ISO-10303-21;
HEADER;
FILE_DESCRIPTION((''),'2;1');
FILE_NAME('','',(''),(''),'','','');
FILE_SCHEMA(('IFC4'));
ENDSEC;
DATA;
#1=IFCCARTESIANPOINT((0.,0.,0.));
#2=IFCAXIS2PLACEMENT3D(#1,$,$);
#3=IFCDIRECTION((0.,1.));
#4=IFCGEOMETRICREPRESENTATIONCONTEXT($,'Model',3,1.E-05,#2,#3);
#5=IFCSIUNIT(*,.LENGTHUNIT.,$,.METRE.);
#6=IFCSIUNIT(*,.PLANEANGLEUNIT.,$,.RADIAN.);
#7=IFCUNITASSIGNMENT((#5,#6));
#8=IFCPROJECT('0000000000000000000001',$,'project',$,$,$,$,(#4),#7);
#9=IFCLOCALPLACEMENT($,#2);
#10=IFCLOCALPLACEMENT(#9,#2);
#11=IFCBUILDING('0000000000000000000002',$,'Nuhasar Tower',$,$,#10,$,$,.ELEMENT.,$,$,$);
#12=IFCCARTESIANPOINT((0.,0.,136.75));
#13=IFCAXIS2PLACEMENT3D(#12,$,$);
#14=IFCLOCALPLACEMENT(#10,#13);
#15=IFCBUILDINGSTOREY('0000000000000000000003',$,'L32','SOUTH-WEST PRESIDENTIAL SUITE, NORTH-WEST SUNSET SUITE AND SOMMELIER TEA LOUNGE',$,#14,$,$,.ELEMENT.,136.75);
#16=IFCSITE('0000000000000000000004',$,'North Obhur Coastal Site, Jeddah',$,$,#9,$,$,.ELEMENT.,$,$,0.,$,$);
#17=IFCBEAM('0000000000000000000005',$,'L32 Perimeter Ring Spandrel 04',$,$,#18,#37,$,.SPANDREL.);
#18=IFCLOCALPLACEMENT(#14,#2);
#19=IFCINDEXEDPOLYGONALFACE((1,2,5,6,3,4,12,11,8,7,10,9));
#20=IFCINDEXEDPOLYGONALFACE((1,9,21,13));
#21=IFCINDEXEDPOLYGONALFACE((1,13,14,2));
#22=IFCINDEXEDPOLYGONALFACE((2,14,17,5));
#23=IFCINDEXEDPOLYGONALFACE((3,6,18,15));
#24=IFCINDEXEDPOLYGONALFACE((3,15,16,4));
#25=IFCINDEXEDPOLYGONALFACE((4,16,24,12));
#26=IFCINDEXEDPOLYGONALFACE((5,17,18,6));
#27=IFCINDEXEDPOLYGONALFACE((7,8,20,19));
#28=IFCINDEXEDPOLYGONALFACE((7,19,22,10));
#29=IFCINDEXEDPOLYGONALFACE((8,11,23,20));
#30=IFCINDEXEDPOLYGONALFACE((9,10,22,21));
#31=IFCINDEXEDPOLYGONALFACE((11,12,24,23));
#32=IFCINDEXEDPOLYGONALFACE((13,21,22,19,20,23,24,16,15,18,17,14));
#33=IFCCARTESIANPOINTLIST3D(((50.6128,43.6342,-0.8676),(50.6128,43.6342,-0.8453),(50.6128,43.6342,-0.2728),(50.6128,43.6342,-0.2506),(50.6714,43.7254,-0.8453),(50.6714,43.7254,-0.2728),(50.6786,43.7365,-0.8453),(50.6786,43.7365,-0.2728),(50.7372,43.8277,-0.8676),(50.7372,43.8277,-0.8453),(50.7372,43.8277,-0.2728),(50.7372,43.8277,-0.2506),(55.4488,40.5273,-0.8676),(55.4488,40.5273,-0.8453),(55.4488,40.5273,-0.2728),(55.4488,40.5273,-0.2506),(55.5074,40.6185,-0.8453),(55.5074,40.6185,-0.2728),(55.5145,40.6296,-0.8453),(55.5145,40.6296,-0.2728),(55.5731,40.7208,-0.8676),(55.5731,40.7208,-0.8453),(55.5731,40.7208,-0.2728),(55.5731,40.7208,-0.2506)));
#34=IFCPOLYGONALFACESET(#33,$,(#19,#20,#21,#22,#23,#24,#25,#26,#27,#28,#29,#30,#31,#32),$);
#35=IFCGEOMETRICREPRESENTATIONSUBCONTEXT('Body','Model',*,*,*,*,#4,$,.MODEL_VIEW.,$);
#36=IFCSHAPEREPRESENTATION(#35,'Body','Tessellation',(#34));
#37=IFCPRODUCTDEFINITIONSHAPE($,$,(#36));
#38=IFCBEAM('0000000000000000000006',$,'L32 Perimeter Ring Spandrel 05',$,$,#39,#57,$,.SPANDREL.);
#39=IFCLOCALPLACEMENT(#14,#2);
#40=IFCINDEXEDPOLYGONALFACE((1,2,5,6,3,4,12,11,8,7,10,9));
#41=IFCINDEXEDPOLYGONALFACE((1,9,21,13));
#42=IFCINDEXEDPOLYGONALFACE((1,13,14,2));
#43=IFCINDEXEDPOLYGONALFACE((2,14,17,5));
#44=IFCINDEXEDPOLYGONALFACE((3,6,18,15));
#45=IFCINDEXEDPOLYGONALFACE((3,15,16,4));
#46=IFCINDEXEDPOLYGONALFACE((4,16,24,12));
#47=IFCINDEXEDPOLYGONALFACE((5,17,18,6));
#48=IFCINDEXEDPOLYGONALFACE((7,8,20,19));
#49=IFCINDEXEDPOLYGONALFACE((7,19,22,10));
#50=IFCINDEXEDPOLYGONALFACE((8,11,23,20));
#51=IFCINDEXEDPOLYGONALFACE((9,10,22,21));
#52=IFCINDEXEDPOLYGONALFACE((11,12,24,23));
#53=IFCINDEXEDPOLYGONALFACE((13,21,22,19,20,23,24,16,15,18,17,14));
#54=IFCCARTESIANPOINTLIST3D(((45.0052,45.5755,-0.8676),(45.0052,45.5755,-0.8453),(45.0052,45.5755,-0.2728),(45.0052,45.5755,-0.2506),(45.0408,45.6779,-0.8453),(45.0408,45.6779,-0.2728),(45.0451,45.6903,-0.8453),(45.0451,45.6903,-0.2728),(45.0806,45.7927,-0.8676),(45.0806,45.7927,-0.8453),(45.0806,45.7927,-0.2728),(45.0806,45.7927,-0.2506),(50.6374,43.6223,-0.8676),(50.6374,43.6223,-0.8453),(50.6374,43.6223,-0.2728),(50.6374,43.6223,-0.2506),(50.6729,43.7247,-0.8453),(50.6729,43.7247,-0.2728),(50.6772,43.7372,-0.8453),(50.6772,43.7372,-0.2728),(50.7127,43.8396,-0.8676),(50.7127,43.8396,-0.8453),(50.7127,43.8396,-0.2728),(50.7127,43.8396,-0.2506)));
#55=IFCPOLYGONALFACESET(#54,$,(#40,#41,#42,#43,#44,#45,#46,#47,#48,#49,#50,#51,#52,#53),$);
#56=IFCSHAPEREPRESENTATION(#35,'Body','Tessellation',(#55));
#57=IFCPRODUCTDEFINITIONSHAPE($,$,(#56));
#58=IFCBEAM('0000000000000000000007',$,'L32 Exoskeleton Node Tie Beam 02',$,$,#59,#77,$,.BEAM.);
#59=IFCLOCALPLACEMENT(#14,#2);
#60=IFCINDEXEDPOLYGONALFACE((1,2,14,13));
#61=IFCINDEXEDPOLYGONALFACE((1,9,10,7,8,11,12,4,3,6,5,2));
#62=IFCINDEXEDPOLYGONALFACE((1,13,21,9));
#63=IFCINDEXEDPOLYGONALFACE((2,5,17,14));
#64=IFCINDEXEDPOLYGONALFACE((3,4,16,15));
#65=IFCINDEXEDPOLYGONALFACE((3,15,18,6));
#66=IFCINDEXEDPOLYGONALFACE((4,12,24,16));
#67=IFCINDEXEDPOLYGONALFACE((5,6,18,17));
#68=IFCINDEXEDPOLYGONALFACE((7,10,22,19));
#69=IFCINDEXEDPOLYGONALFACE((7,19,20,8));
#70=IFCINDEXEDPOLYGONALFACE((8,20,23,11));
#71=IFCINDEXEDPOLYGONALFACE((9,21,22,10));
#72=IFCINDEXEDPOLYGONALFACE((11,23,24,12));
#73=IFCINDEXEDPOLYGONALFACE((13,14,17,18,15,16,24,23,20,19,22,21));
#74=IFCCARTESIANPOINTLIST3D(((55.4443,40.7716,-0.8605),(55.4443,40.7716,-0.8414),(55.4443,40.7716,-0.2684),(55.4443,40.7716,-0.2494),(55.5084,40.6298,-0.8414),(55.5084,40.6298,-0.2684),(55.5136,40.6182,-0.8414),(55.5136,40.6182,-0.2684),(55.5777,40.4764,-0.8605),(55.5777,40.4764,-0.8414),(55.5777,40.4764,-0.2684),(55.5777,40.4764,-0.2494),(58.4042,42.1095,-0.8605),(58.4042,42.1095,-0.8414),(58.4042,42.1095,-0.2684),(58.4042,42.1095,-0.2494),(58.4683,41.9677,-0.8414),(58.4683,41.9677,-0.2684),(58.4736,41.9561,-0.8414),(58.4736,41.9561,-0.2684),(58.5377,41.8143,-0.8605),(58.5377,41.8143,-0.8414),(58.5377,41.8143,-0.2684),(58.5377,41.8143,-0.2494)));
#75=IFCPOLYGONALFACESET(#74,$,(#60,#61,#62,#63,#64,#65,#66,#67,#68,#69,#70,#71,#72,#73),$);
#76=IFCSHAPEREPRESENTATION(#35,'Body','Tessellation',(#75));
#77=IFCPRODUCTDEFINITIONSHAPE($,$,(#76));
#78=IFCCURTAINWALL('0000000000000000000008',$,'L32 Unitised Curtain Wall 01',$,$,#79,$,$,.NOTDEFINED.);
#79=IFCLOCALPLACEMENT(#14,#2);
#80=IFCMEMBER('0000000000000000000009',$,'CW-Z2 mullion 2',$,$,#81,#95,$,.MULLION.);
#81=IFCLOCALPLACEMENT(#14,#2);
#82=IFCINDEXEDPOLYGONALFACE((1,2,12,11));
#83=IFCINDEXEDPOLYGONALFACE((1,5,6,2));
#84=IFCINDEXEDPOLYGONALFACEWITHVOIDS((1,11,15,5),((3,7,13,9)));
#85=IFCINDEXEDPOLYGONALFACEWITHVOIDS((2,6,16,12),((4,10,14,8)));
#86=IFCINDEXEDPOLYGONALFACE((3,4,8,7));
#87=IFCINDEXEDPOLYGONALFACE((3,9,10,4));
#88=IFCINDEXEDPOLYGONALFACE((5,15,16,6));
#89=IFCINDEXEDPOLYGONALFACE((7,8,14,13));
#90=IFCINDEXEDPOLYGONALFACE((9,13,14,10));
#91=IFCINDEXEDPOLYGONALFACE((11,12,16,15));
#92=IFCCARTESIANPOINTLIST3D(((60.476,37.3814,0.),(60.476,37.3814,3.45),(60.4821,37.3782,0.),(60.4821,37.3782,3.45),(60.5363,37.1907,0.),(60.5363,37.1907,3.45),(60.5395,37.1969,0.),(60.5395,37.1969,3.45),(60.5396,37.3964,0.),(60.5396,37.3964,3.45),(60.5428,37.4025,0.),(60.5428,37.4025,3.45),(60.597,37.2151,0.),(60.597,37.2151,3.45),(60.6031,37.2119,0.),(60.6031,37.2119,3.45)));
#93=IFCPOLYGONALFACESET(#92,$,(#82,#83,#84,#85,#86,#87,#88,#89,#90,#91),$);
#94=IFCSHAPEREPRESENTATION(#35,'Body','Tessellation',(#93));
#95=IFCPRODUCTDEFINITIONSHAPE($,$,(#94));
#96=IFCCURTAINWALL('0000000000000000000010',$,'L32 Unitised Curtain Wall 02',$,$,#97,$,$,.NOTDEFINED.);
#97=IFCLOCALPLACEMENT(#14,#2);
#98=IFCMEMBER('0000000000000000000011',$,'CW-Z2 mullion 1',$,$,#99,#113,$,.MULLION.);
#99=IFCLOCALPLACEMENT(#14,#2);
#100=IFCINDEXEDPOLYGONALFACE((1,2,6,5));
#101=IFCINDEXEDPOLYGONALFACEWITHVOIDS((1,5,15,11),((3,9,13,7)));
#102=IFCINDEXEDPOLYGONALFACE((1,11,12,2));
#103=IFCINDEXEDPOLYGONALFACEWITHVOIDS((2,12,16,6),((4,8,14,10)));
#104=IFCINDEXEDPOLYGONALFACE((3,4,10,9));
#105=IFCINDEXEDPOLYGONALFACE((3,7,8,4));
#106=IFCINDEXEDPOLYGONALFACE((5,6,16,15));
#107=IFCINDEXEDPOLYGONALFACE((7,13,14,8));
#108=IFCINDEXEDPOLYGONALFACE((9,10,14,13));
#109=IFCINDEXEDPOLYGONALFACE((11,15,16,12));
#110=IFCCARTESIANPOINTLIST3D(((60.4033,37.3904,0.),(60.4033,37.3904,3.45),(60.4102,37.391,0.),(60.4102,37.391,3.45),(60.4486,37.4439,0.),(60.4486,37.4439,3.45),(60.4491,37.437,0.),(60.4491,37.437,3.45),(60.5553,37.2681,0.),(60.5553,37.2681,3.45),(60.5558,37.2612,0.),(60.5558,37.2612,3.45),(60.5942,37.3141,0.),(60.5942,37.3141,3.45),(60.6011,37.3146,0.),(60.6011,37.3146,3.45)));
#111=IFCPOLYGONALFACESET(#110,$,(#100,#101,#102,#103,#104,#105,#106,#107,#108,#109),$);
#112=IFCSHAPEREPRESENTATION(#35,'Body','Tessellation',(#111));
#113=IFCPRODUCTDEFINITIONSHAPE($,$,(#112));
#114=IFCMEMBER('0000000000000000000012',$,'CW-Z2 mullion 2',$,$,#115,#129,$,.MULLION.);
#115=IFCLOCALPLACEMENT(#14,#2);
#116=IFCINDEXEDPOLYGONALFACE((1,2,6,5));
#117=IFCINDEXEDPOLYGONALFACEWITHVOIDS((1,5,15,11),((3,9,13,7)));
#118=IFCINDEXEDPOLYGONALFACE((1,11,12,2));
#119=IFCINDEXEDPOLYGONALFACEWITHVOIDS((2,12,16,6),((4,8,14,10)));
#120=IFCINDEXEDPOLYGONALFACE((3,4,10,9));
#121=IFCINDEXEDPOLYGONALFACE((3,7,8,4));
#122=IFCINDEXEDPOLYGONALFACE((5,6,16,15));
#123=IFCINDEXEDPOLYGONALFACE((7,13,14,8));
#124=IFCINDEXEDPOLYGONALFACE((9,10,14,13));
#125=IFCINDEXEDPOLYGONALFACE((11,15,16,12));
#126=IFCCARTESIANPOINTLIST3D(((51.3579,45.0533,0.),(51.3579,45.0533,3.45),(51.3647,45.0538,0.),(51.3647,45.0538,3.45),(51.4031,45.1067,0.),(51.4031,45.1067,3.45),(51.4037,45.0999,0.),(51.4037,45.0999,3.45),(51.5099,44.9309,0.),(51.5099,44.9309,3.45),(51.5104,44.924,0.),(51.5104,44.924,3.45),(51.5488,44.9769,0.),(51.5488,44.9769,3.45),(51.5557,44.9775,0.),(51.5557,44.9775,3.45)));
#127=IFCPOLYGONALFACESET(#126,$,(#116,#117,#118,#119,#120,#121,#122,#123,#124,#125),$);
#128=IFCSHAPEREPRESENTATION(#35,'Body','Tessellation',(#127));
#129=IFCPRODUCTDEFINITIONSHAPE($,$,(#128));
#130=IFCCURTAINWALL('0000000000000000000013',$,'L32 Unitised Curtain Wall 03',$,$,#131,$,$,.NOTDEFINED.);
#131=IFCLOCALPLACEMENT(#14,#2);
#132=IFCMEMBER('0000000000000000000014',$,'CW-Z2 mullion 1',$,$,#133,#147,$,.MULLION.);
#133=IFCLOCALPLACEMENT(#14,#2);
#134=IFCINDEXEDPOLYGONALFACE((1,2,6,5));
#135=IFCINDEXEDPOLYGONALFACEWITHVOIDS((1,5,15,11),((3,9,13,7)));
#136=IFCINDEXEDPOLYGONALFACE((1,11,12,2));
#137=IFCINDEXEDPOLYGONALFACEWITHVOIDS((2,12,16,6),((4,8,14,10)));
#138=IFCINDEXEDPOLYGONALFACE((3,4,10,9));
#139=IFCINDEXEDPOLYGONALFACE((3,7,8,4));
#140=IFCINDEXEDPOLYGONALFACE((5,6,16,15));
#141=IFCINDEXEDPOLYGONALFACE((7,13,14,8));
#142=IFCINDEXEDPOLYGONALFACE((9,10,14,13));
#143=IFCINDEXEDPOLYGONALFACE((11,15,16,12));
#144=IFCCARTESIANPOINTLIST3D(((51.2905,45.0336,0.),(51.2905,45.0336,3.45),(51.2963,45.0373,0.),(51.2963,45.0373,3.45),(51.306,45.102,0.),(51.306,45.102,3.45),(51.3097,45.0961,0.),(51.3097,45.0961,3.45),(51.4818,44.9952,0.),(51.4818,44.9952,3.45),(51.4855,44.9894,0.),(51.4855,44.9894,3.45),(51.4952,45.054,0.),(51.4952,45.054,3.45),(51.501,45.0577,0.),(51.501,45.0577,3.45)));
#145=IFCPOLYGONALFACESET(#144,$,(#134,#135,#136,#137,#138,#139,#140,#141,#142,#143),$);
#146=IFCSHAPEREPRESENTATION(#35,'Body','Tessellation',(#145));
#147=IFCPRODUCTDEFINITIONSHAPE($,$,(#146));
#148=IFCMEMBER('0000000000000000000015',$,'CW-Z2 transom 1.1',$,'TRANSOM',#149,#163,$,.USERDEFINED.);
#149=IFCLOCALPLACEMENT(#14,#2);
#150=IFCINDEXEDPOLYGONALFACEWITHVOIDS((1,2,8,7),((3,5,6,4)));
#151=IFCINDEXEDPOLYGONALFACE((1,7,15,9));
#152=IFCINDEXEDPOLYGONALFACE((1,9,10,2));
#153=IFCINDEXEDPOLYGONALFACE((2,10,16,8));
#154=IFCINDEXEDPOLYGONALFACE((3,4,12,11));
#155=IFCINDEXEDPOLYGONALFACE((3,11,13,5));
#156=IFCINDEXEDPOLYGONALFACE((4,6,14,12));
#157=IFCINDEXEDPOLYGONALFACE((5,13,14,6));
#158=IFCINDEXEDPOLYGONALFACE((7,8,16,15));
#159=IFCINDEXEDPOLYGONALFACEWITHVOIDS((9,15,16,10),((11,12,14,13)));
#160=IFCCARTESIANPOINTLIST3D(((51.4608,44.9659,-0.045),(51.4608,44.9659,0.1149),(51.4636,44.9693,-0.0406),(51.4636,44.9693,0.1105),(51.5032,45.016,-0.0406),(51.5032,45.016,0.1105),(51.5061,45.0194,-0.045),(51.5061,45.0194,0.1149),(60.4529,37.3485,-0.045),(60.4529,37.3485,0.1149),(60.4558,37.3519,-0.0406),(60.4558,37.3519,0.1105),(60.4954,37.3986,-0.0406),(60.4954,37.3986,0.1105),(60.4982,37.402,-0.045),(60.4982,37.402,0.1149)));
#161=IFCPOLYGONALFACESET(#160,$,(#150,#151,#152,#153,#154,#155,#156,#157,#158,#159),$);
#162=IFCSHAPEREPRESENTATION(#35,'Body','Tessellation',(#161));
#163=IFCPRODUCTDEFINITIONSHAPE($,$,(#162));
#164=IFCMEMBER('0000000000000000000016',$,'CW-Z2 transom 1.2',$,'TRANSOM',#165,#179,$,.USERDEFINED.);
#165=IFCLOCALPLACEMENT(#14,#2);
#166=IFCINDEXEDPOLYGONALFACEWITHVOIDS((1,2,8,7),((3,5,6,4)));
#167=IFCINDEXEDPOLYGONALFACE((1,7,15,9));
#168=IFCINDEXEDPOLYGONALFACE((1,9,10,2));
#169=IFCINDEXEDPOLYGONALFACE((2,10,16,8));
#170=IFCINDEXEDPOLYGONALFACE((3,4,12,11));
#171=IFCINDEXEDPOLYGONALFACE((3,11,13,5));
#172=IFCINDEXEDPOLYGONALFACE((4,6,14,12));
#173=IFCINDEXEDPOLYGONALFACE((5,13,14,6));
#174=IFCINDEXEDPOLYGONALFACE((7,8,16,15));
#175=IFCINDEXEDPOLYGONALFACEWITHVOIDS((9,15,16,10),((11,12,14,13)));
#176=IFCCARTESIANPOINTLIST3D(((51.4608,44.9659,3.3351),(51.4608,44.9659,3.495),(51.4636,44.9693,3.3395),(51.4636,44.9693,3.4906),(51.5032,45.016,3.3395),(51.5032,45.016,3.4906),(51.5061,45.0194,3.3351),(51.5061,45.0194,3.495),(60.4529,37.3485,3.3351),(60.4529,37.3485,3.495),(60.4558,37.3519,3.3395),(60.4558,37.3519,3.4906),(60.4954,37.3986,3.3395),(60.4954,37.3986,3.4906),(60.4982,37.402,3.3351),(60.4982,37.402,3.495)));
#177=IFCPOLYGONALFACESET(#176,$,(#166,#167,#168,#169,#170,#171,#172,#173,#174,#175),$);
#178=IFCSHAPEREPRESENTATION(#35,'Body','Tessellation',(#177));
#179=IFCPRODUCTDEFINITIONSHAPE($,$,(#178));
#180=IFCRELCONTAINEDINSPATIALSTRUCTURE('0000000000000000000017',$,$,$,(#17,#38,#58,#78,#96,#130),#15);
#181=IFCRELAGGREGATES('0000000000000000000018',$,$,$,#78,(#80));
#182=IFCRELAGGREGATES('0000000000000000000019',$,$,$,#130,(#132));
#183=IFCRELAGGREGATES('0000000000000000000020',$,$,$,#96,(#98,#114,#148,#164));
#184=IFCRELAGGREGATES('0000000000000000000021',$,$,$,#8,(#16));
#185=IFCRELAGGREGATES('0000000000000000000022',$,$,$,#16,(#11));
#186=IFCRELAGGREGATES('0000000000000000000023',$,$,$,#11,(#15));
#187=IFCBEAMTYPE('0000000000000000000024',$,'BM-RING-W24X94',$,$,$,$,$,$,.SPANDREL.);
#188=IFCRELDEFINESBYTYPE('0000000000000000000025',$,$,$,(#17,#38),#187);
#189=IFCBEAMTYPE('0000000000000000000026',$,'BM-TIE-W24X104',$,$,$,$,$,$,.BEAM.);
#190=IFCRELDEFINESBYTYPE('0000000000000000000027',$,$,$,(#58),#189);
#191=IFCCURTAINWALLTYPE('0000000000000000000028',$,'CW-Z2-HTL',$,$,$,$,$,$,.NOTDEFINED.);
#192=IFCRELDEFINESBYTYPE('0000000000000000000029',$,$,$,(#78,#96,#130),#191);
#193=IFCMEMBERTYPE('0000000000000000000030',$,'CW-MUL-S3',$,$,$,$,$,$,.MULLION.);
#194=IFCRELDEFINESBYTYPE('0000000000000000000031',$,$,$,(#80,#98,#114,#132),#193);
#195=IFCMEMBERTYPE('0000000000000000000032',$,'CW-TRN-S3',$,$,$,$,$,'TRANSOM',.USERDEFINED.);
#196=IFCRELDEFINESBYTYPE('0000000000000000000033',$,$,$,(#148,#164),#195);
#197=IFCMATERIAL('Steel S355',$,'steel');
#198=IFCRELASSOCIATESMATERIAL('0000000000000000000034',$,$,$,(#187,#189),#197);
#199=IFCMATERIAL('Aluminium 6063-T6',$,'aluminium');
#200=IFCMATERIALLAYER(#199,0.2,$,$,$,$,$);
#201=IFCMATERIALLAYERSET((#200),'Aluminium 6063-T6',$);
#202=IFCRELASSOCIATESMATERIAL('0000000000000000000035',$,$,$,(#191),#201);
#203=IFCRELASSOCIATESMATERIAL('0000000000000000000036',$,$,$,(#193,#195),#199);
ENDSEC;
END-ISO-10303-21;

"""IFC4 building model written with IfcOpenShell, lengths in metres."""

from ifc_helpers import new_model, si_unit, direction, frame, origin, origin_2d, place, context, subcontext, project, spatial, hollow_rectangle, i_section, extrude, material, layer, layer_set, material_profile, profile_set, type_object, element, aggregate, save


model = new_model("IFC4")

# Units and contexts
model_context = context("Model", 3, precision=1e-05, world=origin(), true_north=direction((0.0, 1.0)))
body_context = subcontext(model_context, "Body", "Model", "MODEL_VIEW")
ifc_project = project(units=[si_unit("LENGTHUNIT", "METRE"), si_unit("PLANEANGLEUNIT", "RADIAN")], contexts=[model_context])

# Site, building, storey
site_placement = place(None, origin())
site = spatial("IfcSite", under=ifc_project, at=site_placement, Name="North Obhur Coastal Site, Jeddah", CompositionType="ELEMENT", RefElevation=0.0)
building_placement = place(site_placement, origin())
building = spatial("IfcBuilding", under=site, at=building_placement, Name="Nuhasar Tower", CompositionType="ELEMENT")
storey_placement = place(building_placement, frame((0.0, 0.0, 136.75)))
storey = spatial("IfcBuildingStorey", under=building, at=storey_placement, Name="L32", Description="SOUTH-WEST PRESIDENTIAL SUITE, NORTH-WEST SUNSET SUITE AND SOMMELIER TEA LOUNGE", CompositionType="ELEMENT", Elevation=136.75)

# Beams
ifc_material_1 = material(Name="Steel S355", Category="steel")
ifc_material_profile_1 = material_profile(ifc_material_1, i_section(OverallWidth=0.23, OverallDepth=0.6169, WebThickness=0.0132, FlangeThickness=0.0222, at=origin_2d()), Name="W24X94")
ifc_profile_set_1 = profile_set([ifc_material_profile_1], Name="Steel S355")
beam_type_1 = type_object("IfcBeamType", Name="BM-RING-W24X94", PredefinedType="SPANDREL", material=ifc_profile_set_1)
beam_1_placement = place(storey_placement, frame((55.511, 40.624, -0.5591), z_axis=(-0.841327, 0.540526, 0.0), x_axis=(-0.540526, -0.841327, 0.0)))
element("IfcBeam", 1, at=beam_1_placement, inside=storey, type_object=beam_type_1, Name="L32 Perimeter Ring Spandrel 04", PredefinedType="SPANDREL", context=body_context, shape_type="SweptSolid", body=[
    extrude(i_section(OverallWidth=0.23, OverallDepth=0.6169, WebThickness=0.0132, FlangeThickness=0.0222, at=origin_2d()), origin(), (0.0, 0.0, 1.0), 5.748),
])
beam_2_placement = place(storey_placement, frame((50.675, 43.731, -0.5591), z_axis=(-0.944801, 0.327644, 0.0), x_axis=(-0.327644, -0.944801, 0.0)))
element("IfcBeam", 2, at=beam_2_placement, inside=storey, type_object=beam_type_1, Name="L32 Perimeter Ring Spandrel 05", PredefinedType="SPANDREL", context=body_context, shape_type="SweptSolid", body=[
    extrude(i_section(OverallWidth=0.23, OverallDepth=0.6169, WebThickness=0.0132, FlangeThickness=0.0222, at=origin_2d()), origin(), (0.0, 0.0, 1.0), 5.9612),
])
ifc_material_profile_2 = material_profile(ifc_material_1, i_section(OverallWidth=0.324, OverallDepth=0.6111, WebThickness=0.0127, FlangeThickness=0.019, at=origin_2d()), Name="W24X104")
ifc_profile_set_2 = profile_set([ifc_material_profile_2], Name="Steel S355")
beam_type_2 = type_object("IfcBeamType", Name="BM-TIE-W24X104", PredefinedType="BEAM", material=ifc_profile_set_2)
beam_3_placement = place(storey_placement, frame((55.511, 40.624, -0.5549), z_axis=(0.91124, 0.411877, 0.0), x_axis=(-0.411877, 0.91124, 0.0)))
element("IfcBeam", 3, at=beam_3_placement, inside=storey, type_object=beam_type_2, Name="L32 Exoskeleton Node Tie Beam 02", PredefinedType="BEAM", context=body_context, shape_type="SweptSolid", body=[
    extrude(i_section(OverallWidth=0.324, OverallDepth=0.6111, WebThickness=0.0127, FlangeThickness=0.019, at=origin_2d()), origin(), (0.0, 0.0, 1.0), 3.2483),
])

# Curtain wall, member
ifc_material_2 = material(Name="Aluminium 6063-T6", Category="aluminium")
ifc_layer_1 = layer(ifc_material_2, 0.2)
ifc_layer_set_1 = layer_set([ifc_layer_1], Name="Aluminium 6063-T6")
curtain_wall_type = type_object("IfcCurtainWallType", Name="CW-Z2-HTL", PredefinedType="NOTDEFINED", material=ifc_layer_set_1)
curtain_wall_1_placement = place(storey_placement, origin())
curtain_wall_1 = element("IfcCurtainWall", 4, at=curtain_wall_1_placement, inside=storey, type_object=curtain_wall_type, Name="L32 Unitised Curtain Wall 01", PredefinedType="NOTDEFINED")
ifc_material_profile_3 = material_profile(ifc_material_2, hollow_rectangle(XDim=0.0701, YDim=0.2, WallThickness=0.0049, at=origin_2d()), Name="CWM-3")
ifc_profile_set_3 = profile_set([ifc_material_profile_3], Name="Aluminium 6063-T6")
member_type_1 = type_object("IfcMemberType", Name="CW-MUL-S3", PredefinedType="MULLION", material=ifc_profile_set_3)
member_1_placement = place(storey_placement, frame((60.5396, 37.2966, 0.0), z_axis=(0.0, 0.0, 1.0), x_axis=(-0.953433, -0.301604, 0.0)))
member_1 = element("IfcMember", 5, at=member_1_placement, type_object=member_type_1, Name="CW-Z2 mullion 2", PredefinedType="MULLION", context=body_context, shape_type="SweptSolid", body=[
    extrude(hollow_rectangle(XDim=0.0701, YDim=0.2, WallThickness=0.0049, at=origin_2d()), origin(), (0.0, 0.0, 1.0), 3.45),
])
aggregate(curtain_wall_1, [member_1])

# Curtain wall, members
curtain_wall_2_placement = place(storey_placement, origin())
curtain_wall_2 = element("IfcCurtainWall", 6, at=curtain_wall_2_placement, inside=storey, type_object=curtain_wall_type, Name="L32 Unitised Curtain Wall 02", PredefinedType="NOTDEFINED")
member_2_placement = place(storey_placement, frame((60.5022, 37.3525, 0.0), z_axis=(0.0, 0.0, 1.0), x_axis=(-0.646374, -0.76302, 0.0)))
member_2 = element("IfcMember", 7, at=member_2_placement, type_object=member_type_1, Name="CW-Z2 mullion 1", PredefinedType="MULLION", context=body_context, shape_type="SweptSolid", body=[
    extrude(hollow_rectangle(XDim=0.0701, YDim=0.2, WallThickness=0.0049, at=origin_2d()), origin(), (0.0, 0.0, 1.0), 3.45),
])
member_3_placement = place(storey_placement, frame((51.4568, 45.0154, 0.0), z_axis=(0.0, 0.0, 1.0), x_axis=(-0.646374, -0.76302, 0.0)))
member_3 = element("IfcMember", 8, at=member_3_placement, type_object=member_type_1, Name="CW-Z2 mullion 2", PredefinedType="MULLION", context=body_context, shape_type="SweptSolid", body=[
    extrude(hollow_rectangle(XDim=0.0701, YDim=0.2, WallThickness=0.0049, at=origin_2d()), origin(), (0.0, 0.0, 1.0), 3.45),
])

# Curtain wall, member
curtain_wall_3_placement = place(storey_placement, origin())
curtain_wall_3 = element("IfcCurtainWall", 9, at=curtain_wall_3_placement, inside=storey, type_object=curtain_wall_type, Name="L32 Unitised Curtain Wall 03", PredefinedType="NOTDEFINED")
member_4_placement = place(storey_placement, frame((51.3958, 45.0457, 0.0), z_axis=(0.0, 0.0, 1.0), x_axis=(-0.221397, -0.975184, 0.0)))
member_4 = element("IfcMember", 10, at=member_4_placement, type_object=member_type_1, Name="CW-Z2 mullion 1", PredefinedType="MULLION", context=body_context, shape_type="SweptSolid", body=[
    extrude(hollow_rectangle(XDim=0.0701, YDim=0.2, WallThickness=0.0049, at=origin_2d()), origin(), (0.0, 0.0, 1.0), 3.45),
])

# Members
ifc_material_profile_4 = material_profile(ifc_material_2, hollow_rectangle(XDim=0.0701, YDim=0.1599, WallThickness=0.0044, at=origin_2d()), Name="CWT-3")
ifc_profile_set_4 = profile_set([ifc_material_profile_4], Name="Aluminium 6063-T6")
member_type_2 = type_object("IfcMemberType", Name="CW-TRN-S3", ElementType="TRANSOM", PredefinedType="USERDEFINED", material=ifc_profile_set_4)
member_5_placement = place(storey_placement, frame((60.4756, 37.3752, 0.0349), z_axis=(-0.763024, 0.64637, 0.0), x_axis=(-0.64637, -0.763024, 0.0)))
member_5 = element("IfcMember", 11, at=member_5_placement, type_object=member_type_2, Name="CW-Z2 transom 1.1", ObjectType="TRANSOM", PredefinedType="USERDEFINED", context=body_context, shape_type="SweptSolid", body=[
    extrude(hollow_rectangle(XDim=0.0701, YDim=0.1599, WallThickness=0.0044, at=origin_2d()), origin(), (0.0, 0.0, 1.0), 11.7849),
])
member_6_placement = place(storey_placement, frame((60.4756, 37.3752, 3.415), z_axis=(-0.763024, 0.64637, 0.0), x_axis=(-0.64637, -0.763024, 0.0)))
member_6 = element("IfcMember", 12, at=member_6_placement, type_object=member_type_2, Name="CW-Z2 transom 1.2", ObjectType="TRANSOM", PredefinedType="USERDEFINED", context=body_context, shape_type="SweptSolid", body=[
    extrude(hollow_rectangle(XDim=0.0701, YDim=0.1599, WallThickness=0.0044, at=origin_2d()), origin(), (0.0, 0.0, 1.0), 11.7849),
])
aggregate(curtain_wall_3, [member_4])

aggregate(curtain_wall_2, [member_2, member_3, member_5, member_6])

save(model, "model.ifc")
